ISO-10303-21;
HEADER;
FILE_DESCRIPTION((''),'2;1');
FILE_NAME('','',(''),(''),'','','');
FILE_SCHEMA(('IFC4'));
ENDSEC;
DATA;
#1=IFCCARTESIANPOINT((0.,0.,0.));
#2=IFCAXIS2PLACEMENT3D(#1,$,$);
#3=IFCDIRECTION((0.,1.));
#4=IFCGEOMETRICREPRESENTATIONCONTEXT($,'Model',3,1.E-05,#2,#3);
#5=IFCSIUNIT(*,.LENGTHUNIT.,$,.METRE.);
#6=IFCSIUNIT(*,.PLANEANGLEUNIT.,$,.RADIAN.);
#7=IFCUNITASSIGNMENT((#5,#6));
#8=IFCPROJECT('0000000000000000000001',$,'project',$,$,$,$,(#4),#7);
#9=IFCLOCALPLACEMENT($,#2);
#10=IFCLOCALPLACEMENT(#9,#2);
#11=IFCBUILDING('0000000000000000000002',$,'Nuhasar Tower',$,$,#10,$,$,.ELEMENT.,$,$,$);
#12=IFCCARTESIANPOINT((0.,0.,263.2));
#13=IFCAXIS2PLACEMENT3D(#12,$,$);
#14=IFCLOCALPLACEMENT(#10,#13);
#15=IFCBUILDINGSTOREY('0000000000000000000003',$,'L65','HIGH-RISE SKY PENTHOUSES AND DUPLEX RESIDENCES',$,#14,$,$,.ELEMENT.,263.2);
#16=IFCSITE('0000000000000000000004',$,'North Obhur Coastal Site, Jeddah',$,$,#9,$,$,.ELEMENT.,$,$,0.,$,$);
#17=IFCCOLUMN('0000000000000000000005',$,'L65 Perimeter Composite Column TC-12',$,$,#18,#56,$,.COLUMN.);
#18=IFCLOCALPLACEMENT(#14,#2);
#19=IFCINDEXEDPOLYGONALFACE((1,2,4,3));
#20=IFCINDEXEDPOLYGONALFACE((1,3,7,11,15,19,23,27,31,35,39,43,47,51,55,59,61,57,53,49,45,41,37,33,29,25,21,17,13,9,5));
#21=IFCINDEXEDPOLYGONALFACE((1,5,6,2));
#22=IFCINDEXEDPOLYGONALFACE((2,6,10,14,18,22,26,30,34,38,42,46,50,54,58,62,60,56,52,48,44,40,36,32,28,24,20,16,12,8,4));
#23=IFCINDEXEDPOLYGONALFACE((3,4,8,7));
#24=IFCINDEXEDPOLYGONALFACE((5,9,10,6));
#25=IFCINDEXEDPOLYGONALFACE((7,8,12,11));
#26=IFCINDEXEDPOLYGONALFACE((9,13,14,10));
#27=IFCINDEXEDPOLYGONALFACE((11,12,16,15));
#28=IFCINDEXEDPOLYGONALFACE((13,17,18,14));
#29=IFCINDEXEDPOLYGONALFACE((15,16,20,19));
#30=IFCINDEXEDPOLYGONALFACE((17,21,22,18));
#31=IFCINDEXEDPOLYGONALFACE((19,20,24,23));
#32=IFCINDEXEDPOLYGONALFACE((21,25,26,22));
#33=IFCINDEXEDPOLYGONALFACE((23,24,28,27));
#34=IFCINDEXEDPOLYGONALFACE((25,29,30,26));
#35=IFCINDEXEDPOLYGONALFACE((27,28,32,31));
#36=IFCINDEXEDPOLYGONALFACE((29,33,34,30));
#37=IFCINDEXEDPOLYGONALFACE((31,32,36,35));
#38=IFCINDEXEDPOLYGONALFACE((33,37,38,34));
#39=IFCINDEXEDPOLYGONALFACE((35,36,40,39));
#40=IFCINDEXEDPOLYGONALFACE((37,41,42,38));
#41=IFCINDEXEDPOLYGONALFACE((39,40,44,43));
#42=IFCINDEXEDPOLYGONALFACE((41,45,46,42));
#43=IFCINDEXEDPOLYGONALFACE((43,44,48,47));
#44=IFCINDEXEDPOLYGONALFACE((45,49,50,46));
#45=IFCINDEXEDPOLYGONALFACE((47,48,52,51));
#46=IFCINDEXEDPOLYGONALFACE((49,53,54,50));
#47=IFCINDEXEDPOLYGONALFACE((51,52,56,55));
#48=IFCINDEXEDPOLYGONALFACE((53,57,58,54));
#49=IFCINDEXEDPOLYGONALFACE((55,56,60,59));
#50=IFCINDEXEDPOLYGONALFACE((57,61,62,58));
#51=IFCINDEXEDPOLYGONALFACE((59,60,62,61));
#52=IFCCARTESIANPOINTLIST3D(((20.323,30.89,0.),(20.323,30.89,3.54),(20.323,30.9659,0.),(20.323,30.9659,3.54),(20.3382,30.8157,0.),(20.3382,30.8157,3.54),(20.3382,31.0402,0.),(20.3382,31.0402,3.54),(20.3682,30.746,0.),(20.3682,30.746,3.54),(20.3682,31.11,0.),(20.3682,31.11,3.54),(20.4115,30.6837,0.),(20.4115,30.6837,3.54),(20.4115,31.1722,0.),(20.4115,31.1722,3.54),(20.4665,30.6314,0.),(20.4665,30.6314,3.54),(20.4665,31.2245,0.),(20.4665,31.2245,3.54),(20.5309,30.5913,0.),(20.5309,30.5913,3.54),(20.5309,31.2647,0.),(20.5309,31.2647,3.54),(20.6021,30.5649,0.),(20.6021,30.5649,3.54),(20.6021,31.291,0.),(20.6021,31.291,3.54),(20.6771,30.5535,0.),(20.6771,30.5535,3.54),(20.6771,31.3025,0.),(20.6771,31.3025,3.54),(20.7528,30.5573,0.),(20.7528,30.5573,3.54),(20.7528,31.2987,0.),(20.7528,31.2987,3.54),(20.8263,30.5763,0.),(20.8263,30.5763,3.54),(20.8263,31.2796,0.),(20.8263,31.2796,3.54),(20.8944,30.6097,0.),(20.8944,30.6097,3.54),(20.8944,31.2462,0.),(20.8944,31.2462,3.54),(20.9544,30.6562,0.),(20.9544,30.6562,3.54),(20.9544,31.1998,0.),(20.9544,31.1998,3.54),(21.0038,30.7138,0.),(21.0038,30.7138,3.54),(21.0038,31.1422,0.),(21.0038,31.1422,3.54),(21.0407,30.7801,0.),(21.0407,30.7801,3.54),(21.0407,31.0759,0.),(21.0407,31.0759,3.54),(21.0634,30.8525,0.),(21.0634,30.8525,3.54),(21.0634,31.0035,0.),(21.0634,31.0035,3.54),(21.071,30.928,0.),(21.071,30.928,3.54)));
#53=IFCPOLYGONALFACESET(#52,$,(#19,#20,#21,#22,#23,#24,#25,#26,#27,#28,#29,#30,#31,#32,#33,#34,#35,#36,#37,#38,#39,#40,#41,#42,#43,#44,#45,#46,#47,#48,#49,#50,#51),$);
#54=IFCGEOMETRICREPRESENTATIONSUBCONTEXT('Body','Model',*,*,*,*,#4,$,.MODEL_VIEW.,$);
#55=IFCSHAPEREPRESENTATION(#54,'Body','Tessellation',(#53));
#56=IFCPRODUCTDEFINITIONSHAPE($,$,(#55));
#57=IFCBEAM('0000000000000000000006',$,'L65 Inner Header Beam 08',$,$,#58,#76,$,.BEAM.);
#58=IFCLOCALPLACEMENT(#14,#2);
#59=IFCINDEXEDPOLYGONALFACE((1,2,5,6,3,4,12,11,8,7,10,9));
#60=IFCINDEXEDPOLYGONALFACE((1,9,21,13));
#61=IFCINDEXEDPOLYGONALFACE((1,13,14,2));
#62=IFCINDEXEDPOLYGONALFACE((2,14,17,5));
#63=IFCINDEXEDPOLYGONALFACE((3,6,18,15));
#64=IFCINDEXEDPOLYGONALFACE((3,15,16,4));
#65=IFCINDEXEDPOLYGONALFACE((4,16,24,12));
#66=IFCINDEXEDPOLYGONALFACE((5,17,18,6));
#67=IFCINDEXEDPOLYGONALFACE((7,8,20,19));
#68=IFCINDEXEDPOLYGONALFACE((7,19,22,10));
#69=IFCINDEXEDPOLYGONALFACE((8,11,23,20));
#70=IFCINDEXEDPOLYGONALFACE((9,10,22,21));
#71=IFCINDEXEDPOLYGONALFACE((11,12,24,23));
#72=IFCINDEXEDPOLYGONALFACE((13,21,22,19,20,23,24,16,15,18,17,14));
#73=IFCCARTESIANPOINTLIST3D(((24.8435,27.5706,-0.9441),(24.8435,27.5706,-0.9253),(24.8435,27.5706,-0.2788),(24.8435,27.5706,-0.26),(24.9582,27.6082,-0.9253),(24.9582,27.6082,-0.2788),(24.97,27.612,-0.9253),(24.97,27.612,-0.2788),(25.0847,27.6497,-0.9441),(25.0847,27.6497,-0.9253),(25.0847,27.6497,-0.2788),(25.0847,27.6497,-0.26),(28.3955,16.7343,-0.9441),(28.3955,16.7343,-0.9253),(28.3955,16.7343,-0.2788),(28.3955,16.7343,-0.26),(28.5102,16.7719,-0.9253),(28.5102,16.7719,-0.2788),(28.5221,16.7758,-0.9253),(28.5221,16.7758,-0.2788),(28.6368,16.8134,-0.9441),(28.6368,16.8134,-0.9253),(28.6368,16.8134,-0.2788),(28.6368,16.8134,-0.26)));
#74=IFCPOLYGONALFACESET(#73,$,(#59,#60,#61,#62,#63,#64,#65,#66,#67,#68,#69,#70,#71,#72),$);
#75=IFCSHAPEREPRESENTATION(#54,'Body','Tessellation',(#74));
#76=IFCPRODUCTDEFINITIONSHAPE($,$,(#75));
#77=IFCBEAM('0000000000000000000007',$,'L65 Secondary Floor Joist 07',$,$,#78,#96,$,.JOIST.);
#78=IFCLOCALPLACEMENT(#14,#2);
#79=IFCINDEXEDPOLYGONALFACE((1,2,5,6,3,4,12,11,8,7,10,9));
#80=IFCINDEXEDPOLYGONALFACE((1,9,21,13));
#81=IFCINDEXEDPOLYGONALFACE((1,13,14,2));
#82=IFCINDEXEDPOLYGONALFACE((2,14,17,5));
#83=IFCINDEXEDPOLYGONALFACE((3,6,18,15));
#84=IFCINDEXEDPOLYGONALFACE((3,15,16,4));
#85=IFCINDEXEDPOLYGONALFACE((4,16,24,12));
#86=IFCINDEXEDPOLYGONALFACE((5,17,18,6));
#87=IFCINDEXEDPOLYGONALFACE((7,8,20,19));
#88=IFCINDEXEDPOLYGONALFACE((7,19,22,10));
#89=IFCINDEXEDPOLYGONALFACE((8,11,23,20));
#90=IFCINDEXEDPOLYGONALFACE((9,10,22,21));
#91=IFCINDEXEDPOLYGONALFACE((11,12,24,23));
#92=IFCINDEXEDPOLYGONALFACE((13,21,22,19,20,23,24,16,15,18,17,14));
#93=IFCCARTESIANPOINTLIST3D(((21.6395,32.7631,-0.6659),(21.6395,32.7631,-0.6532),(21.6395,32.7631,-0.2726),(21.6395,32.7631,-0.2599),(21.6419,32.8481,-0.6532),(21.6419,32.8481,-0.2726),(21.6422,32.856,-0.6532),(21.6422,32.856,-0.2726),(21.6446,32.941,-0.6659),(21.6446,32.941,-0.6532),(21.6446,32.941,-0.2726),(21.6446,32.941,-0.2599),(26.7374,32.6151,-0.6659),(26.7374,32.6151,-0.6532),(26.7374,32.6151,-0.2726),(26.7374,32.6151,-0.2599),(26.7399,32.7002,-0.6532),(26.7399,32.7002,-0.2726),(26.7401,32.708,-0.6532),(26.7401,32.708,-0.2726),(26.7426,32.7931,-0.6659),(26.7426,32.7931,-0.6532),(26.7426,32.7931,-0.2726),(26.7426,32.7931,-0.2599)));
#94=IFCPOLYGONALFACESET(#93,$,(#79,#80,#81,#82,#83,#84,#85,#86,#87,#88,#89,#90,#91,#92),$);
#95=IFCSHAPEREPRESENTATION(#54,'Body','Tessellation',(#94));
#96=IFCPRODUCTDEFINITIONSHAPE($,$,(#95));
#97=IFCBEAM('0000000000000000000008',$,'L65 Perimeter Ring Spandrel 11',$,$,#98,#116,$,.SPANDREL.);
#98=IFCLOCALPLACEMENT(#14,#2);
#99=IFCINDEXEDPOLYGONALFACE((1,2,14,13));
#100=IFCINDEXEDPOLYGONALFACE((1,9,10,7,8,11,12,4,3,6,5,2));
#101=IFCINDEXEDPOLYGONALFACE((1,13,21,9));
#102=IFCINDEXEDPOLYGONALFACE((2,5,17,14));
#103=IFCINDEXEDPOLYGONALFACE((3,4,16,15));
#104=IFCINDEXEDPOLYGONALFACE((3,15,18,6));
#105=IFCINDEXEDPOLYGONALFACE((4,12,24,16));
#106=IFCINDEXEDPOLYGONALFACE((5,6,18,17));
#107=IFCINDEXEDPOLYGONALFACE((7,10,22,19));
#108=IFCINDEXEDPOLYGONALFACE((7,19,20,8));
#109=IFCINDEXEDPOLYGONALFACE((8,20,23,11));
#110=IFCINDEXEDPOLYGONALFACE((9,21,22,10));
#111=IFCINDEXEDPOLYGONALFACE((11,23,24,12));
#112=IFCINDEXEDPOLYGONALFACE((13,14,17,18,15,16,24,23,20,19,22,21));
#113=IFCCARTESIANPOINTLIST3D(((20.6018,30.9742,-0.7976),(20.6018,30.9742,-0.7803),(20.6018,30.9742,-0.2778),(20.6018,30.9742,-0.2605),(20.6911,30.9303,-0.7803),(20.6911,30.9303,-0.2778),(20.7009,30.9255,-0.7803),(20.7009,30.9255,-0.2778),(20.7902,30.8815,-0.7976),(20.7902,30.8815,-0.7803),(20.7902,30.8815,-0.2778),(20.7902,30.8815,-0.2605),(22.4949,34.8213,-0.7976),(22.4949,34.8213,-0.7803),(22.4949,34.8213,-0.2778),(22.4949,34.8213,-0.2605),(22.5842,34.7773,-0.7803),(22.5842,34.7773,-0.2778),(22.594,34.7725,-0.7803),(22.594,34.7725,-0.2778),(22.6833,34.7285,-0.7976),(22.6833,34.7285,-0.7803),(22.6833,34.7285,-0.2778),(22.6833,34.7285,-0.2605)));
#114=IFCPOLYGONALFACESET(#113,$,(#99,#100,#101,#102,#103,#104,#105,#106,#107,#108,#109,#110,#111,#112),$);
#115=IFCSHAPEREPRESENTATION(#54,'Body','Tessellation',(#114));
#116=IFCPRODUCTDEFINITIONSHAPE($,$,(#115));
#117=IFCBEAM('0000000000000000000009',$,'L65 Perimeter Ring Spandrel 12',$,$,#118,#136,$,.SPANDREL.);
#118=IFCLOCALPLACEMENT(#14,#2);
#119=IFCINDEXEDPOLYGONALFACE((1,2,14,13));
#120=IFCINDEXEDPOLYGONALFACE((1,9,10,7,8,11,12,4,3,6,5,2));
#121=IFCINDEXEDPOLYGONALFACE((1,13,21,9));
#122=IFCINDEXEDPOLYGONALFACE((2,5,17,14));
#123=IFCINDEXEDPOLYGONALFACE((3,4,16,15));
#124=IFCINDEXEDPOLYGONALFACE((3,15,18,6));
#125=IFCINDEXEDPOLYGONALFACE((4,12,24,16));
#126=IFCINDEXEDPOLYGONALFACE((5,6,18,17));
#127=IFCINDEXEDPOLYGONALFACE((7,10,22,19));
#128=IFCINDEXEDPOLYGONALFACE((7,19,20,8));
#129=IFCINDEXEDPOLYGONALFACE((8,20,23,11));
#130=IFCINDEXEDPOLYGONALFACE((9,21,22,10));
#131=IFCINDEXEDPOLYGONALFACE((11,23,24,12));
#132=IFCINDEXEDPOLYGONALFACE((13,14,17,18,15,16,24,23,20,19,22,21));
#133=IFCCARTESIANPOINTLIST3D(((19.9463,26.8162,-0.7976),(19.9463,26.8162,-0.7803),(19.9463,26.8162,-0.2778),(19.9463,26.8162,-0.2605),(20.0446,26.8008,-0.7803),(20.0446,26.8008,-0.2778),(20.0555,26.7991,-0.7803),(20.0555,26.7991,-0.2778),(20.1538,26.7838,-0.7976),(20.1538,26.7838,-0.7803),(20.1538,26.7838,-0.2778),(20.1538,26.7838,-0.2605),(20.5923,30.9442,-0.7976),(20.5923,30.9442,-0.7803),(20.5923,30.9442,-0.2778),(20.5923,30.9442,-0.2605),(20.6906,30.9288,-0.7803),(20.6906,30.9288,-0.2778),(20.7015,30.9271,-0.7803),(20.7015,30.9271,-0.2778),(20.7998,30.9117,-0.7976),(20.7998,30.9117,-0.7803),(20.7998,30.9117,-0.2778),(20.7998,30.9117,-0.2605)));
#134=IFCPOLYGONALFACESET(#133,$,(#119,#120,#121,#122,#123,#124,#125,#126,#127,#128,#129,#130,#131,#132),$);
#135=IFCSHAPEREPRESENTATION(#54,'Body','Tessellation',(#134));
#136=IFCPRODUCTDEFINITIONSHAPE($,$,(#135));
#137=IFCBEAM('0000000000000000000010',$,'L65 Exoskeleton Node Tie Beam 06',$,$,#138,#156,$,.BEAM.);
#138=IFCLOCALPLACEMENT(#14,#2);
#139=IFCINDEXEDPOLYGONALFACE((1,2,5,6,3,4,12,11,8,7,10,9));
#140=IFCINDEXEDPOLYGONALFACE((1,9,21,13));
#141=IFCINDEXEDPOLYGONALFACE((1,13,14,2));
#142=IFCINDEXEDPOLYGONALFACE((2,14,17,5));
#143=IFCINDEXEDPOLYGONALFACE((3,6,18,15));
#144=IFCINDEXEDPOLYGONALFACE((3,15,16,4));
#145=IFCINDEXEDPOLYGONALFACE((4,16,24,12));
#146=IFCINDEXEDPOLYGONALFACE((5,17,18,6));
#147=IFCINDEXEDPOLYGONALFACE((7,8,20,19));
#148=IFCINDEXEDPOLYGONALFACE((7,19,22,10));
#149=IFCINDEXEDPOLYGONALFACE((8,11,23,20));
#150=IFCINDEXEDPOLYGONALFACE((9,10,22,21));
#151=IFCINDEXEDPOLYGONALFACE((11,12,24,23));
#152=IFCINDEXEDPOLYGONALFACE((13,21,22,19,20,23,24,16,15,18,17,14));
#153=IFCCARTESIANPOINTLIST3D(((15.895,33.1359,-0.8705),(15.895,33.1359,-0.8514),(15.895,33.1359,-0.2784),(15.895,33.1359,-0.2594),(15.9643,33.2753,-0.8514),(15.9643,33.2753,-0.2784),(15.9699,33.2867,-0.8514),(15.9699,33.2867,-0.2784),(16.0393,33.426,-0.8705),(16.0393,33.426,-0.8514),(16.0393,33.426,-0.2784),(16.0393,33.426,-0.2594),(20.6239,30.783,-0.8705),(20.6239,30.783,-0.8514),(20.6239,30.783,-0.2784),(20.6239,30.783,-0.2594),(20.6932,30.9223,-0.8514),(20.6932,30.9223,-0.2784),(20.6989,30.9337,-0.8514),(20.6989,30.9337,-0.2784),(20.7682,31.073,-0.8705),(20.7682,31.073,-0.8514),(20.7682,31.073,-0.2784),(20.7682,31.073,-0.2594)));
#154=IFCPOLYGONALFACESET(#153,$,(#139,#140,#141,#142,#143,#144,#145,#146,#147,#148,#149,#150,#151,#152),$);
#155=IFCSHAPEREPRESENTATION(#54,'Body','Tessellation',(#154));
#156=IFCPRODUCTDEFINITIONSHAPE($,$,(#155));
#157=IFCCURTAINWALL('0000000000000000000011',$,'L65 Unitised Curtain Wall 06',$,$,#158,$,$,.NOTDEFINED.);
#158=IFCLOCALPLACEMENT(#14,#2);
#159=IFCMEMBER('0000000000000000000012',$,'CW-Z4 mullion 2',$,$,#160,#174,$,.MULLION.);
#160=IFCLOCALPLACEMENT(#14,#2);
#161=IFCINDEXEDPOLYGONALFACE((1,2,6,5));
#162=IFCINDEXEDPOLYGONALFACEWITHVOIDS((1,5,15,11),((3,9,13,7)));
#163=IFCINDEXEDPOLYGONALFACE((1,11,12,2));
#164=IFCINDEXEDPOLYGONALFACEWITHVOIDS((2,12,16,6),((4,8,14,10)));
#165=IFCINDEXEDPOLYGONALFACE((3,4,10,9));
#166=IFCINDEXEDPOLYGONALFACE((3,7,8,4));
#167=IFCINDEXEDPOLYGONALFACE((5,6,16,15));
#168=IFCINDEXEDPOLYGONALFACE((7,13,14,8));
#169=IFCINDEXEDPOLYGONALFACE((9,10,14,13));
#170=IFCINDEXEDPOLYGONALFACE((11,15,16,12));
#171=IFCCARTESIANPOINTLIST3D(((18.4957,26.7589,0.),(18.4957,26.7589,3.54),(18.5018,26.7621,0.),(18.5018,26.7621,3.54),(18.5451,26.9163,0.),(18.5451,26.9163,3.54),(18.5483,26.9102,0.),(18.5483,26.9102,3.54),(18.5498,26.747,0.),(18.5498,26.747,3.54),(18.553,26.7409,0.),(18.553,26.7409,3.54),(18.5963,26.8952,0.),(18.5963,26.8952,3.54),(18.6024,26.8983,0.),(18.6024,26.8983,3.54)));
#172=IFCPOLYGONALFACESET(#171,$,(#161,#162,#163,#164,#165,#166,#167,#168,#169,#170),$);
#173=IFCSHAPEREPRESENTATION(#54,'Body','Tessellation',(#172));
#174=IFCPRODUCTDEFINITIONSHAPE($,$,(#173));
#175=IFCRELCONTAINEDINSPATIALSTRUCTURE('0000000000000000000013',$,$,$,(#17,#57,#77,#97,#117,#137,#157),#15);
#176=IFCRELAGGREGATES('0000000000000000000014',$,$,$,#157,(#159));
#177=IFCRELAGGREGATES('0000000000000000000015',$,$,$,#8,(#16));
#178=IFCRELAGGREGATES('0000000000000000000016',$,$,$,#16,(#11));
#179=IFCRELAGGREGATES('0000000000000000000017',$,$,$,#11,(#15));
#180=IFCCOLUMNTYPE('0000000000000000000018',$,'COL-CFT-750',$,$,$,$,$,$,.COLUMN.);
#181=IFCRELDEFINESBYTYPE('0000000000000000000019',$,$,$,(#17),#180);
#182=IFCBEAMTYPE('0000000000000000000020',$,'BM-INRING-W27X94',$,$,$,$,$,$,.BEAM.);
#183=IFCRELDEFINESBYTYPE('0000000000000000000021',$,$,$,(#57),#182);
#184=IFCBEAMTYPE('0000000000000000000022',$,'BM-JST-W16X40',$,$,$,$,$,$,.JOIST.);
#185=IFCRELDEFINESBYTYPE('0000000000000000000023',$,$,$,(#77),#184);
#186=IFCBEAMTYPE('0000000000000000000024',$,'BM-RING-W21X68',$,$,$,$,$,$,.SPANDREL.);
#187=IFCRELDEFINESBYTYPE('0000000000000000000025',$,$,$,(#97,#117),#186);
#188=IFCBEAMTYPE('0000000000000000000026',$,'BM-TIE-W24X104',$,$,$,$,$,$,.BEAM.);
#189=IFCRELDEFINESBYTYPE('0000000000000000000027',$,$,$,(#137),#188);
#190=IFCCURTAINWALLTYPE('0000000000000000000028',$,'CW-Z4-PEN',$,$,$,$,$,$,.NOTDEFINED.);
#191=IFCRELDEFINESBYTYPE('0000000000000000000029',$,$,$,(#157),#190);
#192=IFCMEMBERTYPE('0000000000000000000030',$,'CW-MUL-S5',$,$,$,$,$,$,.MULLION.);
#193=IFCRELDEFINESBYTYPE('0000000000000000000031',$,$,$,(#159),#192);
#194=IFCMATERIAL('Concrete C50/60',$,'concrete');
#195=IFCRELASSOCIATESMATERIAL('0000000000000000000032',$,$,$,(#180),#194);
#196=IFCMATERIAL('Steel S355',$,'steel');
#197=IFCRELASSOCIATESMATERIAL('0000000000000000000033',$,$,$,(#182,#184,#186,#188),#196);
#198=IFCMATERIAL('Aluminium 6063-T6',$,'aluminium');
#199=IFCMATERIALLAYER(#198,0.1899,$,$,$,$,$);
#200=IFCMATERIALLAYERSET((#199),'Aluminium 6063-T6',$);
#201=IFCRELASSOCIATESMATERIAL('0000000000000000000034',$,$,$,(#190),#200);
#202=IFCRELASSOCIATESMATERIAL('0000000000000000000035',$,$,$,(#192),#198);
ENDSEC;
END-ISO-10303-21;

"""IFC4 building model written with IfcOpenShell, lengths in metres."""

from ifc_helpers import new_model, si_unit, direction, frame, origin, origin_2d, place, context, subcontext, project, spatial, hollow_rectangle, circle, i_section, extrude, material, layer, layer_set, material_profile, profile_set, type_object, element, aggregate, save


model = new_model("IFC4")

# Units and contexts
model_context = context("Model", 3, precision=1e-05, world=origin(), true_north=direction((0.0, 1.0)))
body_context = subcontext(model_context, "Body", "Model", "MODEL_VIEW")
ifc_project = project(units=[si_unit("LENGTHUNIT", "METRE"), si_unit("PLANEANGLEUNIT", "RADIAN")], contexts=[model_context])

# Site, building, storey
site_placement = place(None, origin())
site = spatial("IfcSite", under=ifc_project, at=site_placement, Name="North Obhur Coastal Site, Jeddah", CompositionType="ELEMENT", RefElevation=0.0)
building_placement = place(site_placement, origin())
building = spatial("IfcBuilding", under=site, at=building_placement, Name="Nuhasar Tower", CompositionType="ELEMENT")
storey_placement = place(building_placement, frame((0.0, 0.0, 263.2)))
storey = spatial("IfcBuildingStorey", under=building, at=storey_placement, Name="L65", Description="HIGH-RISE SKY PENTHOUSES AND DUPLEX RESIDENCES", CompositionType="ELEMENT", Elevation=263.2)

# Column
ifc_material_1 = material(Name="Concrete C50/60", Category="concrete")
ifc_material_profile_1 = material_profile(ifc_material_1, circle(Radius=0.375, at=origin_2d()), Name="CFT750")
ifc_profile_set_1 = profile_set([ifc_material_profile_1], Name="Concrete C50/60")
column_type = type_object("IfcColumnType", Name="COL-CFT-750", PredefinedType="COLUMN", material=ifc_profile_set_1)
column_placement = place(storey_placement, frame((20.696, 30.928, 0.0), z_axis=(0.0, 0.0, 1.0), x_axis=(1.0, 0.0, 0.0)))
element("IfcColumn", 1, at=column_placement, inside=storey, type_object=column_type, Name="L65 Perimeter Composite Column TC-12", PredefinedType="COLUMN", context=body_context, shape_type="SweptSolid", body=[
    extrude(circle(Radius=0.375, at=origin_2d()), origin(), (0.0, 0.0, 1.0), 3.54),
])

# Beams
ifc_material_2 = material(Name="Steel S355", Category="steel")
ifc_material_profile_2 = material_profile(ifc_material_2, i_section(OverallWidth=0.2539, OverallDepth=0.6841, WebThickness=0.0125, FlangeThickness=0.0188, at=origin_2d()), Name="W27X94")
ifc_profile_set_2 = profile_set([ifc_material_profile_2], Name="Steel S355")
beam_type_1 = type_object("IfcBeamType", Name="BM-INRING-W27X94", PredefinedType="BEAM", material=ifc_profile_set_2)
beam_1_placement = place(storey_placement, frame((24.9641, 27.6101, -0.6021), z_axis=(0.311484, -0.950251, 0.0), x_axis=(0.950251, 0.311484, 0.0)))
element("IfcBeam", 2, at=beam_1_placement, inside=storey, type_object=beam_type_1, Name="L65 Inner Header Beam 08", PredefinedType="BEAM", context=body_context, shape_type="SweptSolid", body=[
    extrude(i_section(OverallWidth=0.2539, OverallDepth=0.6841, WebThickness=0.0125, FlangeThickness=0.0188, at=origin_2d()), origin(), (0.0, 0.0, 1.0), 11.4036),
])
ifc_material_profile_3 = material_profile(ifc_material_2, i_section(OverallWidth=0.178, OverallDepth=0.406, WebThickness=0.0078, FlangeThickness=0.0127, at=origin_2d()), Name="W16X40")
ifc_profile_set_3 = profile_set([ifc_material_profile_3], Name="Steel S355")
beam_type_2 = type_object("IfcBeamType", Name="BM-JST-W16X40", PredefinedType="JOIST", material=ifc_profile_set_3)
beam_2_placement = place(storey_placement, frame((26.74, 32.7041, -0.4629), z_axis=(-0.999579, 0.029009, 0.0), x_axis=(-0.029009, -0.999579, 0.0)))
element("IfcBeam", 3, at=beam_2_placement, inside=storey, type_object=beam_type_2, Name="L65 Secondary Floor Joist 07", PredefinedType="JOIST", context=body_context, shape_type="SweptSolid", body=[
    extrude(i_section(OverallWidth=0.178, OverallDepth=0.406, WebThickness=0.0078, FlangeThickness=0.0127, at=origin_2d()), origin(), (0.0, 0.0, 1.0), 5.1001),
])
ifc_material_profile_4 = material_profile(ifc_material_2, i_section(OverallWidth=0.21, OverallDepth=0.5371, WebThickness=0.011, FlangeThickness=0.0173, at=origin_2d()), Name="W21X68")
ifc_profile_set_4 = profile_set([ifc_material_profile_4], Name="Steel S355")
beam_type_3 = type_object("IfcBeamType", Name="BM-RING-W21X68", PredefinedType="SPANDREL", material=ifc_profile_set_4)
beam_3_placement = place(storey_placement, frame((22.5891, 34.7749, -0.5291), z_axis=(-0.441533, -0.897245, 0.0), x_axis=(0.897245, -0.441533, 0.0)))
element("IfcBeam", 4, at=beam_3_placement, inside=storey, type_object=beam_type_3, Name="L65 Perimeter Ring Spandrel 11", PredefinedType="SPANDREL", context=body_context, shape_type="SweptSolid", body=[
    extrude(i_section(OverallWidth=0.21, OverallDepth=0.5371, WebThickness=0.011, FlangeThickness=0.0173, at=origin_2d()), origin(), (0.0, 0.0, 1.0), 4.2876),
])
beam_4_placement = place(storey_placement, frame((20.696, 30.928, -0.5291), z_axis=(-0.154612, -0.987975, 0.0), x_axis=(0.987975, -0.154612, 0.0)))
element("IfcBeam", 5, at=beam_4_placement, inside=storey, type_object=beam_type_3, Name="L65 Perimeter Ring Spandrel 12", PredefinedType="SPANDREL", context=body_context, shape_type="SweptSolid", body=[
    extrude(i_section(OverallWidth=0.21, OverallDepth=0.5371, WebThickness=0.011, FlangeThickness=0.0173, at=origin_2d()), origin(), (0.0, 0.0, 1.0), 4.1782),
])
ifc_material_profile_5 = material_profile(ifc_material_2, i_section(OverallWidth=0.324, OverallDepth=0.6111, WebThickness=0.0127, FlangeThickness=0.019, at=origin_2d()), Name="W24X104")
ifc_profile_set_5 = profile_set([ifc_material_profile_5], Name="Steel S355")
beam_type_4 = type_object("IfcBeamType", Name="BM-TIE-W24X104", PredefinedType="BEAM", material=ifc_profile_set_5)
beam_5_placement = place(storey_placement, frame((20.696, 30.928, -0.5649), z_axis=(-0.895294, 0.445475, 0.0), x_axis=(-0.445475, -0.895294, 0.0)))
element("IfcBeam", 6, at=beam_5_placement, inside=storey, type_object=beam_type_4, Name="L65 Exoskeleton Node Tie Beam 06", PredefinedType="BEAM", context=body_context, shape_type="SweptSolid", body=[
    extrude(i_section(OverallWidth=0.324, OverallDepth=0.6111, WebThickness=0.0127, FlangeThickness=0.019, at=origin_2d()), origin(), (0.0, 0.0, 1.0), 5.282),
])

# Curtain wall, member
ifc_material_3 = material(Name="Aluminium 6063-T6", Category="aluminium")
ifc_layer_1 = layer(ifc_material_3, 0.1899)
ifc_layer_set_1 = layer_set([ifc_layer_1], Name="Aluminium 6063-T6")
curtain_wall_type = type_object("IfcCurtainWallType", Name="CW-Z4-PEN", PredefinedType="NOTDEFINED", material=ifc_layer_set_1)
curtain_wall_placement = place(storey_placement, origin())
curtain_wall = element("IfcCurtainWall", 7, at=curtain_wall_placement, inside=storey, type_object=curtain_wall_type, Name="L65 Unitised Curtain Wall 06", PredefinedType="NOTDEFINED")
ifc_material_profile_6 = material_profile(ifc_material_3, hollow_rectangle(XDim=0.0601, YDim=0.165, WallThickness=0.0049, at=origin_2d()), Name="CWM-5")
ifc_profile_set_6 = profile_set([ifc_material_profile_6], Name="Aluminium 6063-T6")
member_type_1 = type_object("IfcMemberType", Name="CW-MUL-S5", PredefinedType="MULLION", material=ifc_profile_set_6)
member_placement = place(storey_placement, frame((18.5491, 26.8286, 0.0), z_axis=(0.0, 0.0, 1.0), x_axis=(0.954079, -0.299557, 0.0)))
member = element("IfcMember", 8, at=member_placement, type_object=member_type_1, Name="CW-Z4 mullion 2", PredefinedType="MULLION", context=body_context, shape_type="SweptSolid", body=[
    extrude(hollow_rectangle(XDim=0.0601, YDim=0.165, WallThickness=0.0049, at=origin_2d()), origin(), (0.0, 0.0, 1.0), 3.54),
])

aggregate(curtain_wall, [member])

save(model, "model.ifc")
